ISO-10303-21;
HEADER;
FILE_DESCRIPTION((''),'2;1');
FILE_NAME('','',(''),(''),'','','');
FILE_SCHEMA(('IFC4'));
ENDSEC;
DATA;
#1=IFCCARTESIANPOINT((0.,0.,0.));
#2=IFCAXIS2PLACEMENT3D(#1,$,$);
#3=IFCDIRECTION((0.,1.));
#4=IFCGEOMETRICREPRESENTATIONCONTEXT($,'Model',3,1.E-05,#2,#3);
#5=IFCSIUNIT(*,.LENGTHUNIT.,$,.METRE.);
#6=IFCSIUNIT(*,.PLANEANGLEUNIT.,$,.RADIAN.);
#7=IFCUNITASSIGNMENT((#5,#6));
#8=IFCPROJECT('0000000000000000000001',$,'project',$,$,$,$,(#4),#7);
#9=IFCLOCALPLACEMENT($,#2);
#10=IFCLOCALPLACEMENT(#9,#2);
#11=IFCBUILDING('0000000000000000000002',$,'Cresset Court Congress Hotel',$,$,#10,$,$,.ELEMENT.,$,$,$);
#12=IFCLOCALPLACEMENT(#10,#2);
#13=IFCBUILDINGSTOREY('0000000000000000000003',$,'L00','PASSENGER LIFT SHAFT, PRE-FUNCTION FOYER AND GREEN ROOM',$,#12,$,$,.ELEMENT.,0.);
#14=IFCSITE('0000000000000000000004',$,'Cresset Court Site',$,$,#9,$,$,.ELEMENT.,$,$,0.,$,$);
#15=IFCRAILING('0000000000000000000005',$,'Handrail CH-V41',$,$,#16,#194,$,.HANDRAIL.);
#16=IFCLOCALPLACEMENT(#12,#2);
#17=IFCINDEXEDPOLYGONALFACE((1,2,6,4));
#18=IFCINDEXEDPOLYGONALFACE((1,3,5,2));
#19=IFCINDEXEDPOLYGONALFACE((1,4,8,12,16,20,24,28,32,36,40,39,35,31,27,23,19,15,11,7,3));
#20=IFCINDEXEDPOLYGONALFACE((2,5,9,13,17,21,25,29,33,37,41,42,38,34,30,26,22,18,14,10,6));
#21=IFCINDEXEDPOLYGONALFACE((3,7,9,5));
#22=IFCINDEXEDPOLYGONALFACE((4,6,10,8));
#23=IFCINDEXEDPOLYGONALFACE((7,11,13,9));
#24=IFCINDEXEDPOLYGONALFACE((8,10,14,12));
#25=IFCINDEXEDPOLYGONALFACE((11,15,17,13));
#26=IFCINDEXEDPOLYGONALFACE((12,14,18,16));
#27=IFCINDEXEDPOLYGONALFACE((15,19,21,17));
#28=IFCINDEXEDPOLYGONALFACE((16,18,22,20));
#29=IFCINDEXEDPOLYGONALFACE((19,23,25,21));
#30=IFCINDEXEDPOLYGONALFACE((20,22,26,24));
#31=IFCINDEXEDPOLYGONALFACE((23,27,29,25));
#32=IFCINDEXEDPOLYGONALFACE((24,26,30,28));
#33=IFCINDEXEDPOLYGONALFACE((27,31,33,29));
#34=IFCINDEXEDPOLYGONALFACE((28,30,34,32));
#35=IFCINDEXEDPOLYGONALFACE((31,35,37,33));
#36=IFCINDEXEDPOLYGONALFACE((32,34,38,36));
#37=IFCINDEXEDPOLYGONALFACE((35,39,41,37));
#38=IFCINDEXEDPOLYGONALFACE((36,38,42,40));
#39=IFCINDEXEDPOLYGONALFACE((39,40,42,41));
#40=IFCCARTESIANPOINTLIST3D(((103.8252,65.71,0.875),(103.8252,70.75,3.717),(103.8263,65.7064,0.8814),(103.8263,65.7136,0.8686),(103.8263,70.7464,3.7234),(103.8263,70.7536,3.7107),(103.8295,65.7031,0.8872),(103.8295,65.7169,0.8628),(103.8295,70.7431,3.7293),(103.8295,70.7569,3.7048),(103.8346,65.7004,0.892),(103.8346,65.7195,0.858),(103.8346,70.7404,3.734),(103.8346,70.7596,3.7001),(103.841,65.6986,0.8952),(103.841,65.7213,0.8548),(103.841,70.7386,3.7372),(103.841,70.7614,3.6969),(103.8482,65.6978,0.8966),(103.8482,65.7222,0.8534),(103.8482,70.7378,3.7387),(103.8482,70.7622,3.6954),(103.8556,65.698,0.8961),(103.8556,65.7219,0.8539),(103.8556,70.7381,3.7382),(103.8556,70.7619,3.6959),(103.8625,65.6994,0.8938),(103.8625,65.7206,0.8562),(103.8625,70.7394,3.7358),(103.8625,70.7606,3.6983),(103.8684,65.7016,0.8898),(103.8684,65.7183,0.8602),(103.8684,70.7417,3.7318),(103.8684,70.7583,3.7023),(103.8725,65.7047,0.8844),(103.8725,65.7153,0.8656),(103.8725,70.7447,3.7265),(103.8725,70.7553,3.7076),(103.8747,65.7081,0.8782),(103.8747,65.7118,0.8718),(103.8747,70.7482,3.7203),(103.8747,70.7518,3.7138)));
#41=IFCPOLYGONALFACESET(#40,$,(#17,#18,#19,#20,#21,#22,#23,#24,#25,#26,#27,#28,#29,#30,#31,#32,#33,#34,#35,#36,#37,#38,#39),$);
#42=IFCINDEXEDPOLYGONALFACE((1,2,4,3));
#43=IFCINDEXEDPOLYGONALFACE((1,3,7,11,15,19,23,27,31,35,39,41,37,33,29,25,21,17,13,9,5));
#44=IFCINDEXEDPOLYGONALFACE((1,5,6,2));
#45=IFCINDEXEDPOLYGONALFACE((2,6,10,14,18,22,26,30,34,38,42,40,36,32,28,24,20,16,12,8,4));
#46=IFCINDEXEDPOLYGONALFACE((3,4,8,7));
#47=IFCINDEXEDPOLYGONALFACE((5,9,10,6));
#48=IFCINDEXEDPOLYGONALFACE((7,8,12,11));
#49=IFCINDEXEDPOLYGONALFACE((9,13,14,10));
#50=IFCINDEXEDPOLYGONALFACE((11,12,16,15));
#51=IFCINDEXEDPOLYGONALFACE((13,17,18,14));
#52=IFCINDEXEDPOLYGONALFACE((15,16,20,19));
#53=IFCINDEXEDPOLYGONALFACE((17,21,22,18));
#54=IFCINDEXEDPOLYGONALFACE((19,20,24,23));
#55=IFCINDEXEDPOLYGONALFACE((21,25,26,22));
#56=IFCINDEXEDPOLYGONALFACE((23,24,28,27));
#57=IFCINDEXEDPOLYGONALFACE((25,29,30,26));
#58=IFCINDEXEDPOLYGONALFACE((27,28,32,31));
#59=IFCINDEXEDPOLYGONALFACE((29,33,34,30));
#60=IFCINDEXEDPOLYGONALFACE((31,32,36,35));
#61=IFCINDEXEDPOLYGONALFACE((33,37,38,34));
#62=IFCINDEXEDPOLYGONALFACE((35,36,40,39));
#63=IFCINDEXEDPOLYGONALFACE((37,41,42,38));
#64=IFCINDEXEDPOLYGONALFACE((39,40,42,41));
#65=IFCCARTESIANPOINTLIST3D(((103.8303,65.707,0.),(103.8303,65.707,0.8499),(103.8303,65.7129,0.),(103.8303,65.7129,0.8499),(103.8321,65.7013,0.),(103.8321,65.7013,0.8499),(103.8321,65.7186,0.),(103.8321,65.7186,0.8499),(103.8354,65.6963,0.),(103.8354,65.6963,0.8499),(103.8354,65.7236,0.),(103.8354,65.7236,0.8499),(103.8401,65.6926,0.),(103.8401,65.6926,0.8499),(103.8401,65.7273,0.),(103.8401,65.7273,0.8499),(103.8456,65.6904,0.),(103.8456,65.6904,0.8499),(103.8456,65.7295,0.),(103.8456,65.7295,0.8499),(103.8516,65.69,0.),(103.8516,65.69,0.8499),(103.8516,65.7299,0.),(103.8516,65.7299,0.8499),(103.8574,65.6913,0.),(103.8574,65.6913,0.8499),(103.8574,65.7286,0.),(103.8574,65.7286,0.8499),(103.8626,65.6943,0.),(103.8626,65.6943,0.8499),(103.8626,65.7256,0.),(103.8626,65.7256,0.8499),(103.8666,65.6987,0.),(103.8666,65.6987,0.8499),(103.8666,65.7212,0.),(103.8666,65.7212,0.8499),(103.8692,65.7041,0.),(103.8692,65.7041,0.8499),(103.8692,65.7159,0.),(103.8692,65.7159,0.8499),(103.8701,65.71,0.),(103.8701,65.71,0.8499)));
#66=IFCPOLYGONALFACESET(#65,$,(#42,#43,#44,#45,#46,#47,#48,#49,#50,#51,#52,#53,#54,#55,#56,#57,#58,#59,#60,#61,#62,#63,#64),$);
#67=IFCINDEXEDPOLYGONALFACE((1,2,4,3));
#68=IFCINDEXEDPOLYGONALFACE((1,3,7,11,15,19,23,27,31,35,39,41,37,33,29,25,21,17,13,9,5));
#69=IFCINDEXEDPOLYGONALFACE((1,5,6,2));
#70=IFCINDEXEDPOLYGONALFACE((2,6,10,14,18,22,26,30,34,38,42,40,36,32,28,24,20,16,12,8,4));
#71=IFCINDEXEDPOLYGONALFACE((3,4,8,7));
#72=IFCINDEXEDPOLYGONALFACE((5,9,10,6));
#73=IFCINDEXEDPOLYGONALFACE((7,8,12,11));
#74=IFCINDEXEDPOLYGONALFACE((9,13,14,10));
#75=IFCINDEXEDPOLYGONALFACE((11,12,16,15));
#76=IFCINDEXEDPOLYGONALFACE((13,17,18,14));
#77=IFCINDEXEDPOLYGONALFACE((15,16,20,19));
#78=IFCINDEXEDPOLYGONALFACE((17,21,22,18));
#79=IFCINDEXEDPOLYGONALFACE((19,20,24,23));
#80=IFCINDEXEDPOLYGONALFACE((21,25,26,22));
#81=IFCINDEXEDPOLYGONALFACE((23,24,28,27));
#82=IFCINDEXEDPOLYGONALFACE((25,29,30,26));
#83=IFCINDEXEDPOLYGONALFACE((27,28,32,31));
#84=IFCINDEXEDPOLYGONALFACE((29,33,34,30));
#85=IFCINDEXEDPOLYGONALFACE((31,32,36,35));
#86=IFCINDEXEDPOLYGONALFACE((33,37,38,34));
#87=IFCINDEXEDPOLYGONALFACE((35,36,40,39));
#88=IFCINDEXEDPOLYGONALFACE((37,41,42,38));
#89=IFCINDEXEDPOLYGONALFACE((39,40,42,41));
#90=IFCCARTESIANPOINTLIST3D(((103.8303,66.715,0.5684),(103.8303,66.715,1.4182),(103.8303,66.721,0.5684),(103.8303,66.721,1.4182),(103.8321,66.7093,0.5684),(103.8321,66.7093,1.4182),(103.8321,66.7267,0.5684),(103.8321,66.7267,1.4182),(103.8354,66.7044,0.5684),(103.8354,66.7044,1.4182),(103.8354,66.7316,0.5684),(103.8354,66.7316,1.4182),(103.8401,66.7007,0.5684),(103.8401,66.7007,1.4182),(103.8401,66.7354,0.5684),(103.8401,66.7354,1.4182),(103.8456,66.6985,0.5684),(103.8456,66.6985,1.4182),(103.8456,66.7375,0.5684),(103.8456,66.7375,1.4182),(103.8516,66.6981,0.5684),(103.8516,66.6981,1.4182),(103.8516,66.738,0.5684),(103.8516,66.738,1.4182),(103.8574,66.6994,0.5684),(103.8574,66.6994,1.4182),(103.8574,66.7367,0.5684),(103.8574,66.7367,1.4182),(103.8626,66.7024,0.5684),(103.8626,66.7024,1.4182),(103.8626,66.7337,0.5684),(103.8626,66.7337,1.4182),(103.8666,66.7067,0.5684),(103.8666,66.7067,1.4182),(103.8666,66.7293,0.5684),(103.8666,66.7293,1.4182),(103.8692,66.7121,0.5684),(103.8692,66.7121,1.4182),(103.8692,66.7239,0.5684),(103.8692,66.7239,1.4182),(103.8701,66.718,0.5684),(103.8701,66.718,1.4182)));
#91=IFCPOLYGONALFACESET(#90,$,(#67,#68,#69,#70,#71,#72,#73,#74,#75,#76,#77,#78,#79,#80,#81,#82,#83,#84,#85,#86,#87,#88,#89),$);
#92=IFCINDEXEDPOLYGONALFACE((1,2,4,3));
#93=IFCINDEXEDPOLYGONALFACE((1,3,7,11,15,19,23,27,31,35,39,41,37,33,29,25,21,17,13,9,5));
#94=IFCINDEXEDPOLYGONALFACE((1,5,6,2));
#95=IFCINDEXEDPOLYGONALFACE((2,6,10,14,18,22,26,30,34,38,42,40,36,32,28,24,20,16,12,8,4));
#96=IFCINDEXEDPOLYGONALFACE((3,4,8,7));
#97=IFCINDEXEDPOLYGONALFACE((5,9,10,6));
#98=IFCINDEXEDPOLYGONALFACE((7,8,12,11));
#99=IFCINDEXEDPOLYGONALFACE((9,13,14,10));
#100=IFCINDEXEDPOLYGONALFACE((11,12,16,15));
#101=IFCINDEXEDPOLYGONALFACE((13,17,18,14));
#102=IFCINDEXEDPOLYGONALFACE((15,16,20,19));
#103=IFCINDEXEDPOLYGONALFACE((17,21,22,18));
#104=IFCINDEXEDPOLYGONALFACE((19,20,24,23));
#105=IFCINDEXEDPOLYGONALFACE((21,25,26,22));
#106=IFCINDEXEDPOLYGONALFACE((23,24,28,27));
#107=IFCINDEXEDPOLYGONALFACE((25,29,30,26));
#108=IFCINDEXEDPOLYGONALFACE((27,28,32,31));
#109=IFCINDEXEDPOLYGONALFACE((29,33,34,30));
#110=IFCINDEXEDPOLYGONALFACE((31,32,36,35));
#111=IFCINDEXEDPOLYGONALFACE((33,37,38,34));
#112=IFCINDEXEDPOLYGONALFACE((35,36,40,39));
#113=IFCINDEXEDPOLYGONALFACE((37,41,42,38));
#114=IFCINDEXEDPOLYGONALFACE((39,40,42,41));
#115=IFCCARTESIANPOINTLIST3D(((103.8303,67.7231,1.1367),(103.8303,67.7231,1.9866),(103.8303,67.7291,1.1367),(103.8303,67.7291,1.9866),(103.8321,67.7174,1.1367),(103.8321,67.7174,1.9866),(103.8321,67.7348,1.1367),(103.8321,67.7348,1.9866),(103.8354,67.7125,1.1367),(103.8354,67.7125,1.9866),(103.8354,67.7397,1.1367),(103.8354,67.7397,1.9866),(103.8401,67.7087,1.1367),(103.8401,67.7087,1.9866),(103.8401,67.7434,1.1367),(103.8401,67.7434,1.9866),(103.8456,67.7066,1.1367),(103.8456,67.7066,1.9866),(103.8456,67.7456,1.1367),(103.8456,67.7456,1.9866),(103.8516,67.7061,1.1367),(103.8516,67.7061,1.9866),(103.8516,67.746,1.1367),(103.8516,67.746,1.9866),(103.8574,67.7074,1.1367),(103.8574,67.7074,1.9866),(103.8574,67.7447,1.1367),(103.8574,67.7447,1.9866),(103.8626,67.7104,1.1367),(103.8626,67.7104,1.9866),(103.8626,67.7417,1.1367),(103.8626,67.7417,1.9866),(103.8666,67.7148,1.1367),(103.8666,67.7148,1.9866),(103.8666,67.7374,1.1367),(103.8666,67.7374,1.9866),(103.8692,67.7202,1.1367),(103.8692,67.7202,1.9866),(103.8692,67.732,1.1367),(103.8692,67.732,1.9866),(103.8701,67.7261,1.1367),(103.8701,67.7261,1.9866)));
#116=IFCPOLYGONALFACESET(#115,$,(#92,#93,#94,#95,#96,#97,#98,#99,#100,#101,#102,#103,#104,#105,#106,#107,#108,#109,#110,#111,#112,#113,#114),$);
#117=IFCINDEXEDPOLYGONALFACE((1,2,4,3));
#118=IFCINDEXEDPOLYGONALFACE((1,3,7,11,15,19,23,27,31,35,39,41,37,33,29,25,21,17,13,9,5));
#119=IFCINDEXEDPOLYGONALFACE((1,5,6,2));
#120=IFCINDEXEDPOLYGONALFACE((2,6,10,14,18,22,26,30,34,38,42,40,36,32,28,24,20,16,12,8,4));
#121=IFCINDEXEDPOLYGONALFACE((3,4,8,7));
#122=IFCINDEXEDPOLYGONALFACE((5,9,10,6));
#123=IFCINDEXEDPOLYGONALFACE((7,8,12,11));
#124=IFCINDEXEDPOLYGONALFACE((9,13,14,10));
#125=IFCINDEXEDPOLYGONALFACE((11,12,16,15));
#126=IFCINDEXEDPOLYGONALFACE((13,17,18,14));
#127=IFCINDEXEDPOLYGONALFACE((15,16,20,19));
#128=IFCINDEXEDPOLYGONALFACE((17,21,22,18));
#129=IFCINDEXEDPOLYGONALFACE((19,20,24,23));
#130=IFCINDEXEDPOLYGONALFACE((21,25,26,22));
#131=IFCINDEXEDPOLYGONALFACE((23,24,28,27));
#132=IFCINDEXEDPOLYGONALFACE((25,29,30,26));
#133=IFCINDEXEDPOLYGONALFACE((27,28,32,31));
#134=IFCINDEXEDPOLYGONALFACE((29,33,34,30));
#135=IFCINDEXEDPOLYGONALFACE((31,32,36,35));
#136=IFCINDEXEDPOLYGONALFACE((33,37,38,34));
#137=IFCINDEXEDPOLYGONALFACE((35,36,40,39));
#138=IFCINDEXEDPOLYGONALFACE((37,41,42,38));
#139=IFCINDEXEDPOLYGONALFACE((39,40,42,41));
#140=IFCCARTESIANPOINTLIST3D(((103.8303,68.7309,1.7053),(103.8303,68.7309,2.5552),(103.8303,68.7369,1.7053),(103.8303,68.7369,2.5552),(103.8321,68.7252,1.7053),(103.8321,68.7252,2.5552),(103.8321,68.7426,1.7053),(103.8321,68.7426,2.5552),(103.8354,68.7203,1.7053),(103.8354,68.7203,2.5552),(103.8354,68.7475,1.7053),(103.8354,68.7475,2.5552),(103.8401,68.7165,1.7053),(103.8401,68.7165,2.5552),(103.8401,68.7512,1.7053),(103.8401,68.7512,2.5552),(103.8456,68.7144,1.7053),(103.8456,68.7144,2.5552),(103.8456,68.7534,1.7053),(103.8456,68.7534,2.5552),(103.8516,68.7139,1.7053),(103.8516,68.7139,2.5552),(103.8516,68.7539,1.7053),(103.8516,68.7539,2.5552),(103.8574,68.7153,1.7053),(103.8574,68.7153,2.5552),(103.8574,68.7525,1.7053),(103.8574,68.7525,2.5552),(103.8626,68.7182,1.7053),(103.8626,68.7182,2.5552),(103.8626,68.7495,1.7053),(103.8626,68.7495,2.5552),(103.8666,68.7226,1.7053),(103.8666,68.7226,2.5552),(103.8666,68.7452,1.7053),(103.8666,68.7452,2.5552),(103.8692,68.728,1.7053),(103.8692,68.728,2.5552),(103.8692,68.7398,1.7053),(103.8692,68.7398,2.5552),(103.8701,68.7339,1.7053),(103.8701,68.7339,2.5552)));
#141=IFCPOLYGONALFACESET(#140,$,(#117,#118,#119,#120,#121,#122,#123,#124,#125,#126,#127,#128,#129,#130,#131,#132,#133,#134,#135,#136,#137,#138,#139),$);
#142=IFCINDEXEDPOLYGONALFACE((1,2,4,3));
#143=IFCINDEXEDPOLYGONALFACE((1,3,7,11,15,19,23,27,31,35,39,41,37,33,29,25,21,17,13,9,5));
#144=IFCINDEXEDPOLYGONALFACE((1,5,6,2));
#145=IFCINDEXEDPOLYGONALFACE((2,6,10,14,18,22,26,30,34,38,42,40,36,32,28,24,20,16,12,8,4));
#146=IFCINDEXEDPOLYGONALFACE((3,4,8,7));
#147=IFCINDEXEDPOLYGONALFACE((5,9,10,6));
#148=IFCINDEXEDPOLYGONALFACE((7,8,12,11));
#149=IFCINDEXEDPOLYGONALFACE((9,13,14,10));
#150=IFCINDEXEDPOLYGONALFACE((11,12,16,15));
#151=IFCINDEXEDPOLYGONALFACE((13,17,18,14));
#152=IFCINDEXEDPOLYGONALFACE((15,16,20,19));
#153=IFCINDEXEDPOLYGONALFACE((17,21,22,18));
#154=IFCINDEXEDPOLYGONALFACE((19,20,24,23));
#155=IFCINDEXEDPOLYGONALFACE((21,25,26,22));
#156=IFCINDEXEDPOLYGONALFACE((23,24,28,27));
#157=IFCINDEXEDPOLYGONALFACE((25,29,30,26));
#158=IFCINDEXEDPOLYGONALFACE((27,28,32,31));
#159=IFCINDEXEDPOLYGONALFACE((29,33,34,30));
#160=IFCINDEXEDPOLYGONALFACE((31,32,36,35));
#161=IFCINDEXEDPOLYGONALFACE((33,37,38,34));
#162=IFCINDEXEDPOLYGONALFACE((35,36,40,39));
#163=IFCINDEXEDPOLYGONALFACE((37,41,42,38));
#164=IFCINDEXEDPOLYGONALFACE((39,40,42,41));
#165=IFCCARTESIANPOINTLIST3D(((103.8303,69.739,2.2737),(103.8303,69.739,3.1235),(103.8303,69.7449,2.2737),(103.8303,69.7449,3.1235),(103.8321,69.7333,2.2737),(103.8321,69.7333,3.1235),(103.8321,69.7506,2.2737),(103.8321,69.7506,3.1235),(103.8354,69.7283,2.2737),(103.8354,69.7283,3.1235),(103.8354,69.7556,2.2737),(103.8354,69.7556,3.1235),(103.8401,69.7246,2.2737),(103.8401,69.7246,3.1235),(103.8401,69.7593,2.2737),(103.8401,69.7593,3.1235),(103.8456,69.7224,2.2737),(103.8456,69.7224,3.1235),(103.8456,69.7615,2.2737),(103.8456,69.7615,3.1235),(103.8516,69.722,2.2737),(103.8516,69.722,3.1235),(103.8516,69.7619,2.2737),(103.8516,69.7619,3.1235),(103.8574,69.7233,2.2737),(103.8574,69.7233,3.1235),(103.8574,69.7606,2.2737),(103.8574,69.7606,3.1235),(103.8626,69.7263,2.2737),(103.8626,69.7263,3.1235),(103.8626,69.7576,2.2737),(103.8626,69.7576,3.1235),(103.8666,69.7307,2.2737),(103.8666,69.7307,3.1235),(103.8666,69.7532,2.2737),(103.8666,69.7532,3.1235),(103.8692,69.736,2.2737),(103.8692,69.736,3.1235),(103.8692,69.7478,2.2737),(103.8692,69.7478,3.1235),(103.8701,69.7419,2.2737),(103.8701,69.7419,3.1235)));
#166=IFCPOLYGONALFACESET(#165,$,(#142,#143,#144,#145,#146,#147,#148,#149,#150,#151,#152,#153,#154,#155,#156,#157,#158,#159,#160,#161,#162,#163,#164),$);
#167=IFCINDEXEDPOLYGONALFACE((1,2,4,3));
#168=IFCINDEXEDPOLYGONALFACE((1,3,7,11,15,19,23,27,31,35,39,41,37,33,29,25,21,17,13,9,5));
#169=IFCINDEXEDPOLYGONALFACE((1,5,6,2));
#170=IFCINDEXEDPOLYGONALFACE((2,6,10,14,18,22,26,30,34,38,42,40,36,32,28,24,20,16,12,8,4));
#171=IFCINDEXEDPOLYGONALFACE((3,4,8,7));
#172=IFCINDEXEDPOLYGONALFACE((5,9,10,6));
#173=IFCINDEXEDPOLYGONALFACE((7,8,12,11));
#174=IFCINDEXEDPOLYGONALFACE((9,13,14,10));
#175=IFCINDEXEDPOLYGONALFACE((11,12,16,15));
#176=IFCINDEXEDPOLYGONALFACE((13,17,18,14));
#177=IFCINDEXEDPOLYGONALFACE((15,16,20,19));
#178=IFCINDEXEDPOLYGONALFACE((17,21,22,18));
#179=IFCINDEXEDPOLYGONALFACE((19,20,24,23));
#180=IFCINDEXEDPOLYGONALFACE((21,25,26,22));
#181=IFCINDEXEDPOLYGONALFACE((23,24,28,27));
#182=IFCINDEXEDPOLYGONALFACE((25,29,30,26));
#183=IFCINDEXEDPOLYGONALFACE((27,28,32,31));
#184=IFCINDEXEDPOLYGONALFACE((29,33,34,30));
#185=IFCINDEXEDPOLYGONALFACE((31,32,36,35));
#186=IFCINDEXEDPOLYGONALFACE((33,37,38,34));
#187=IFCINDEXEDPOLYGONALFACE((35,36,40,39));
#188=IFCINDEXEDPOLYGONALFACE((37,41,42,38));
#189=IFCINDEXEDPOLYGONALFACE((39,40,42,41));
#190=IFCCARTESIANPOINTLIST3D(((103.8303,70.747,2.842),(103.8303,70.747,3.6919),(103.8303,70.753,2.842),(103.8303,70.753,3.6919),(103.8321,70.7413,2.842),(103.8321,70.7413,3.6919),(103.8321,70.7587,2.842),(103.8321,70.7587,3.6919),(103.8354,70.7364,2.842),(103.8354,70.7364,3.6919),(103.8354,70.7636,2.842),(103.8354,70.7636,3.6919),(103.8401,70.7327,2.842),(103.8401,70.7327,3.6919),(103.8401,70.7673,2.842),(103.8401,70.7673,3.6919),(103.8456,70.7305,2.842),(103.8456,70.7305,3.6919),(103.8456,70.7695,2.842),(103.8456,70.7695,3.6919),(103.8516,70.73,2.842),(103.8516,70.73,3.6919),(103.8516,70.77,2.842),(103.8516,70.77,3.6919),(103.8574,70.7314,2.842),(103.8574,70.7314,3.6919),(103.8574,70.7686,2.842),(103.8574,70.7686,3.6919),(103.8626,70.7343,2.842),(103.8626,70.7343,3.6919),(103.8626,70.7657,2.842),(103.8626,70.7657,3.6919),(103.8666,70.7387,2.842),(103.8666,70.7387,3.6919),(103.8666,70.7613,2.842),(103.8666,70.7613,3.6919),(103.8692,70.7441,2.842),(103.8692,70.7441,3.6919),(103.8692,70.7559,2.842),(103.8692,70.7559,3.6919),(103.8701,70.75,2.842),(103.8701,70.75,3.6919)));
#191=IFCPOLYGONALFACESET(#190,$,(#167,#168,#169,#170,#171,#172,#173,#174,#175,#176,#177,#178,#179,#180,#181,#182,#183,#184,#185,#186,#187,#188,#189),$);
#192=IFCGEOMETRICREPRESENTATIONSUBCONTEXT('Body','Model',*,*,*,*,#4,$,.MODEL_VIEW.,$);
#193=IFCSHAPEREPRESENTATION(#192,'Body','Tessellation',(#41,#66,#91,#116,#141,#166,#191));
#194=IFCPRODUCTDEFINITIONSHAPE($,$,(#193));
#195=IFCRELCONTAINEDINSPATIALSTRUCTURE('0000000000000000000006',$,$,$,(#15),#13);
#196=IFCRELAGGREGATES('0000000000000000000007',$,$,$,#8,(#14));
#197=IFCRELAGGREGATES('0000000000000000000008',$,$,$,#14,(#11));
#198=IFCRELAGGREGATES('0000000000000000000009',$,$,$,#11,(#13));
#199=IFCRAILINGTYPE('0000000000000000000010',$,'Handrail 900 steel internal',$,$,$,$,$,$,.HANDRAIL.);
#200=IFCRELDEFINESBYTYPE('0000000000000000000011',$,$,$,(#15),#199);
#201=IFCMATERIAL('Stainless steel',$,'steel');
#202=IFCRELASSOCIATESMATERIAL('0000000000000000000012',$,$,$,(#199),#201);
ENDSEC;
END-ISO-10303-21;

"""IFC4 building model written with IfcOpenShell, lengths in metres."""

from ifc_helpers import new_model, si_unit, direction, frame, origin, origin_2d, place, context, subcontext, project, spatial, circle, extrude, material, type_object, element, save


model = new_model("IFC4")

# Units and contexts
model_context = context("Model", 3, precision=1e-05, world=origin(), true_north=direction((0.0, 1.0)))
body_context = subcontext(model_context, "Body", "Model", "MODEL_VIEW")
ifc_project = project(units=[si_unit("LENGTHUNIT", "METRE"), si_unit("PLANEANGLEUNIT", "RADIAN")], contexts=[model_context])

# Site, building, storey
site_placement = place(None, origin())
site = spatial("IfcSite", under=ifc_project, at=site_placement, Name="Cresset Court Site", CompositionType="ELEMENT", RefElevation=0.0)
building_placement = place(site_placement, origin())
building = spatial("IfcBuilding", under=site, at=building_placement, Name="Cresset Court Congress Hotel", CompositionType="ELEMENT")
storey_placement = place(building_placement, origin())
storey = spatial("IfcBuildingStorey", under=building, at=storey_placement, Name="L00", Description="PASSENGER LIFT SHAFT, PRE-FUNCTION FOYER AND GREEN ROOM", CompositionType="ELEMENT", Elevation=0.0)

# Railing
ifc_material_1 = material(Name="Stainless steel", Category="steel")
railing_type_1 = type_object("IfcRailingType", Name="Handrail 900 steel internal", PredefinedType="HANDRAIL", material=ifc_material_1)
for number, where, name in (
    (1, (103.8501, 65.71, 0.0), "Handrail CH-V41"),
):
    element("IfcRailing", number, at=place(storey_placement, frame(where)), inside=storey, type_object=railing_type_1, Name=name, PredefinedType="HANDRAIL", context=body_context, shape_type="SweptSolid", body=[
        extrude(circle(Radius=0.0249, at=origin_2d()), frame((0.0, 0.0, 0.875), z_axis=(0.0, 0.871057, 0.491182), x_axis=(-1.0, 0.0, 0.0)), (0.0, 0.0, 1.0), 5.7861),
        extrude(circle(Radius=0.02, at=origin_2d()), origin(), (0.0, 0.0, 1.0), 0.8499),
        extrude(circle(Radius=0.02, at=origin_2d()), frame((0.0, 1.0081, 0.5684)), (0.0, 0.0, 1.0), 0.8499),
        extrude(circle(Radius=0.02, at=origin_2d()), frame((0.0, 2.0161, 1.1367)), (0.0, 0.0, 1.0), 0.8499),
        extrude(circle(Radius=0.02, at=origin_2d()), frame((0.0, 3.0239, 1.7053)), (0.0, 0.0, 1.0), 0.8499),
        extrude(circle(Radius=0.02, at=origin_2d()), frame((0.0, 4.032, 2.2737)), (0.0, 0.0, 1.0), 0.8499),
        extrude(circle(Radius=0.02, at=origin_2d()), frame((0.0, 5.04, 2.842)), (0.0, 0.0, 1.0), 0.8499),
    ])

save(model, "model.ifc")
